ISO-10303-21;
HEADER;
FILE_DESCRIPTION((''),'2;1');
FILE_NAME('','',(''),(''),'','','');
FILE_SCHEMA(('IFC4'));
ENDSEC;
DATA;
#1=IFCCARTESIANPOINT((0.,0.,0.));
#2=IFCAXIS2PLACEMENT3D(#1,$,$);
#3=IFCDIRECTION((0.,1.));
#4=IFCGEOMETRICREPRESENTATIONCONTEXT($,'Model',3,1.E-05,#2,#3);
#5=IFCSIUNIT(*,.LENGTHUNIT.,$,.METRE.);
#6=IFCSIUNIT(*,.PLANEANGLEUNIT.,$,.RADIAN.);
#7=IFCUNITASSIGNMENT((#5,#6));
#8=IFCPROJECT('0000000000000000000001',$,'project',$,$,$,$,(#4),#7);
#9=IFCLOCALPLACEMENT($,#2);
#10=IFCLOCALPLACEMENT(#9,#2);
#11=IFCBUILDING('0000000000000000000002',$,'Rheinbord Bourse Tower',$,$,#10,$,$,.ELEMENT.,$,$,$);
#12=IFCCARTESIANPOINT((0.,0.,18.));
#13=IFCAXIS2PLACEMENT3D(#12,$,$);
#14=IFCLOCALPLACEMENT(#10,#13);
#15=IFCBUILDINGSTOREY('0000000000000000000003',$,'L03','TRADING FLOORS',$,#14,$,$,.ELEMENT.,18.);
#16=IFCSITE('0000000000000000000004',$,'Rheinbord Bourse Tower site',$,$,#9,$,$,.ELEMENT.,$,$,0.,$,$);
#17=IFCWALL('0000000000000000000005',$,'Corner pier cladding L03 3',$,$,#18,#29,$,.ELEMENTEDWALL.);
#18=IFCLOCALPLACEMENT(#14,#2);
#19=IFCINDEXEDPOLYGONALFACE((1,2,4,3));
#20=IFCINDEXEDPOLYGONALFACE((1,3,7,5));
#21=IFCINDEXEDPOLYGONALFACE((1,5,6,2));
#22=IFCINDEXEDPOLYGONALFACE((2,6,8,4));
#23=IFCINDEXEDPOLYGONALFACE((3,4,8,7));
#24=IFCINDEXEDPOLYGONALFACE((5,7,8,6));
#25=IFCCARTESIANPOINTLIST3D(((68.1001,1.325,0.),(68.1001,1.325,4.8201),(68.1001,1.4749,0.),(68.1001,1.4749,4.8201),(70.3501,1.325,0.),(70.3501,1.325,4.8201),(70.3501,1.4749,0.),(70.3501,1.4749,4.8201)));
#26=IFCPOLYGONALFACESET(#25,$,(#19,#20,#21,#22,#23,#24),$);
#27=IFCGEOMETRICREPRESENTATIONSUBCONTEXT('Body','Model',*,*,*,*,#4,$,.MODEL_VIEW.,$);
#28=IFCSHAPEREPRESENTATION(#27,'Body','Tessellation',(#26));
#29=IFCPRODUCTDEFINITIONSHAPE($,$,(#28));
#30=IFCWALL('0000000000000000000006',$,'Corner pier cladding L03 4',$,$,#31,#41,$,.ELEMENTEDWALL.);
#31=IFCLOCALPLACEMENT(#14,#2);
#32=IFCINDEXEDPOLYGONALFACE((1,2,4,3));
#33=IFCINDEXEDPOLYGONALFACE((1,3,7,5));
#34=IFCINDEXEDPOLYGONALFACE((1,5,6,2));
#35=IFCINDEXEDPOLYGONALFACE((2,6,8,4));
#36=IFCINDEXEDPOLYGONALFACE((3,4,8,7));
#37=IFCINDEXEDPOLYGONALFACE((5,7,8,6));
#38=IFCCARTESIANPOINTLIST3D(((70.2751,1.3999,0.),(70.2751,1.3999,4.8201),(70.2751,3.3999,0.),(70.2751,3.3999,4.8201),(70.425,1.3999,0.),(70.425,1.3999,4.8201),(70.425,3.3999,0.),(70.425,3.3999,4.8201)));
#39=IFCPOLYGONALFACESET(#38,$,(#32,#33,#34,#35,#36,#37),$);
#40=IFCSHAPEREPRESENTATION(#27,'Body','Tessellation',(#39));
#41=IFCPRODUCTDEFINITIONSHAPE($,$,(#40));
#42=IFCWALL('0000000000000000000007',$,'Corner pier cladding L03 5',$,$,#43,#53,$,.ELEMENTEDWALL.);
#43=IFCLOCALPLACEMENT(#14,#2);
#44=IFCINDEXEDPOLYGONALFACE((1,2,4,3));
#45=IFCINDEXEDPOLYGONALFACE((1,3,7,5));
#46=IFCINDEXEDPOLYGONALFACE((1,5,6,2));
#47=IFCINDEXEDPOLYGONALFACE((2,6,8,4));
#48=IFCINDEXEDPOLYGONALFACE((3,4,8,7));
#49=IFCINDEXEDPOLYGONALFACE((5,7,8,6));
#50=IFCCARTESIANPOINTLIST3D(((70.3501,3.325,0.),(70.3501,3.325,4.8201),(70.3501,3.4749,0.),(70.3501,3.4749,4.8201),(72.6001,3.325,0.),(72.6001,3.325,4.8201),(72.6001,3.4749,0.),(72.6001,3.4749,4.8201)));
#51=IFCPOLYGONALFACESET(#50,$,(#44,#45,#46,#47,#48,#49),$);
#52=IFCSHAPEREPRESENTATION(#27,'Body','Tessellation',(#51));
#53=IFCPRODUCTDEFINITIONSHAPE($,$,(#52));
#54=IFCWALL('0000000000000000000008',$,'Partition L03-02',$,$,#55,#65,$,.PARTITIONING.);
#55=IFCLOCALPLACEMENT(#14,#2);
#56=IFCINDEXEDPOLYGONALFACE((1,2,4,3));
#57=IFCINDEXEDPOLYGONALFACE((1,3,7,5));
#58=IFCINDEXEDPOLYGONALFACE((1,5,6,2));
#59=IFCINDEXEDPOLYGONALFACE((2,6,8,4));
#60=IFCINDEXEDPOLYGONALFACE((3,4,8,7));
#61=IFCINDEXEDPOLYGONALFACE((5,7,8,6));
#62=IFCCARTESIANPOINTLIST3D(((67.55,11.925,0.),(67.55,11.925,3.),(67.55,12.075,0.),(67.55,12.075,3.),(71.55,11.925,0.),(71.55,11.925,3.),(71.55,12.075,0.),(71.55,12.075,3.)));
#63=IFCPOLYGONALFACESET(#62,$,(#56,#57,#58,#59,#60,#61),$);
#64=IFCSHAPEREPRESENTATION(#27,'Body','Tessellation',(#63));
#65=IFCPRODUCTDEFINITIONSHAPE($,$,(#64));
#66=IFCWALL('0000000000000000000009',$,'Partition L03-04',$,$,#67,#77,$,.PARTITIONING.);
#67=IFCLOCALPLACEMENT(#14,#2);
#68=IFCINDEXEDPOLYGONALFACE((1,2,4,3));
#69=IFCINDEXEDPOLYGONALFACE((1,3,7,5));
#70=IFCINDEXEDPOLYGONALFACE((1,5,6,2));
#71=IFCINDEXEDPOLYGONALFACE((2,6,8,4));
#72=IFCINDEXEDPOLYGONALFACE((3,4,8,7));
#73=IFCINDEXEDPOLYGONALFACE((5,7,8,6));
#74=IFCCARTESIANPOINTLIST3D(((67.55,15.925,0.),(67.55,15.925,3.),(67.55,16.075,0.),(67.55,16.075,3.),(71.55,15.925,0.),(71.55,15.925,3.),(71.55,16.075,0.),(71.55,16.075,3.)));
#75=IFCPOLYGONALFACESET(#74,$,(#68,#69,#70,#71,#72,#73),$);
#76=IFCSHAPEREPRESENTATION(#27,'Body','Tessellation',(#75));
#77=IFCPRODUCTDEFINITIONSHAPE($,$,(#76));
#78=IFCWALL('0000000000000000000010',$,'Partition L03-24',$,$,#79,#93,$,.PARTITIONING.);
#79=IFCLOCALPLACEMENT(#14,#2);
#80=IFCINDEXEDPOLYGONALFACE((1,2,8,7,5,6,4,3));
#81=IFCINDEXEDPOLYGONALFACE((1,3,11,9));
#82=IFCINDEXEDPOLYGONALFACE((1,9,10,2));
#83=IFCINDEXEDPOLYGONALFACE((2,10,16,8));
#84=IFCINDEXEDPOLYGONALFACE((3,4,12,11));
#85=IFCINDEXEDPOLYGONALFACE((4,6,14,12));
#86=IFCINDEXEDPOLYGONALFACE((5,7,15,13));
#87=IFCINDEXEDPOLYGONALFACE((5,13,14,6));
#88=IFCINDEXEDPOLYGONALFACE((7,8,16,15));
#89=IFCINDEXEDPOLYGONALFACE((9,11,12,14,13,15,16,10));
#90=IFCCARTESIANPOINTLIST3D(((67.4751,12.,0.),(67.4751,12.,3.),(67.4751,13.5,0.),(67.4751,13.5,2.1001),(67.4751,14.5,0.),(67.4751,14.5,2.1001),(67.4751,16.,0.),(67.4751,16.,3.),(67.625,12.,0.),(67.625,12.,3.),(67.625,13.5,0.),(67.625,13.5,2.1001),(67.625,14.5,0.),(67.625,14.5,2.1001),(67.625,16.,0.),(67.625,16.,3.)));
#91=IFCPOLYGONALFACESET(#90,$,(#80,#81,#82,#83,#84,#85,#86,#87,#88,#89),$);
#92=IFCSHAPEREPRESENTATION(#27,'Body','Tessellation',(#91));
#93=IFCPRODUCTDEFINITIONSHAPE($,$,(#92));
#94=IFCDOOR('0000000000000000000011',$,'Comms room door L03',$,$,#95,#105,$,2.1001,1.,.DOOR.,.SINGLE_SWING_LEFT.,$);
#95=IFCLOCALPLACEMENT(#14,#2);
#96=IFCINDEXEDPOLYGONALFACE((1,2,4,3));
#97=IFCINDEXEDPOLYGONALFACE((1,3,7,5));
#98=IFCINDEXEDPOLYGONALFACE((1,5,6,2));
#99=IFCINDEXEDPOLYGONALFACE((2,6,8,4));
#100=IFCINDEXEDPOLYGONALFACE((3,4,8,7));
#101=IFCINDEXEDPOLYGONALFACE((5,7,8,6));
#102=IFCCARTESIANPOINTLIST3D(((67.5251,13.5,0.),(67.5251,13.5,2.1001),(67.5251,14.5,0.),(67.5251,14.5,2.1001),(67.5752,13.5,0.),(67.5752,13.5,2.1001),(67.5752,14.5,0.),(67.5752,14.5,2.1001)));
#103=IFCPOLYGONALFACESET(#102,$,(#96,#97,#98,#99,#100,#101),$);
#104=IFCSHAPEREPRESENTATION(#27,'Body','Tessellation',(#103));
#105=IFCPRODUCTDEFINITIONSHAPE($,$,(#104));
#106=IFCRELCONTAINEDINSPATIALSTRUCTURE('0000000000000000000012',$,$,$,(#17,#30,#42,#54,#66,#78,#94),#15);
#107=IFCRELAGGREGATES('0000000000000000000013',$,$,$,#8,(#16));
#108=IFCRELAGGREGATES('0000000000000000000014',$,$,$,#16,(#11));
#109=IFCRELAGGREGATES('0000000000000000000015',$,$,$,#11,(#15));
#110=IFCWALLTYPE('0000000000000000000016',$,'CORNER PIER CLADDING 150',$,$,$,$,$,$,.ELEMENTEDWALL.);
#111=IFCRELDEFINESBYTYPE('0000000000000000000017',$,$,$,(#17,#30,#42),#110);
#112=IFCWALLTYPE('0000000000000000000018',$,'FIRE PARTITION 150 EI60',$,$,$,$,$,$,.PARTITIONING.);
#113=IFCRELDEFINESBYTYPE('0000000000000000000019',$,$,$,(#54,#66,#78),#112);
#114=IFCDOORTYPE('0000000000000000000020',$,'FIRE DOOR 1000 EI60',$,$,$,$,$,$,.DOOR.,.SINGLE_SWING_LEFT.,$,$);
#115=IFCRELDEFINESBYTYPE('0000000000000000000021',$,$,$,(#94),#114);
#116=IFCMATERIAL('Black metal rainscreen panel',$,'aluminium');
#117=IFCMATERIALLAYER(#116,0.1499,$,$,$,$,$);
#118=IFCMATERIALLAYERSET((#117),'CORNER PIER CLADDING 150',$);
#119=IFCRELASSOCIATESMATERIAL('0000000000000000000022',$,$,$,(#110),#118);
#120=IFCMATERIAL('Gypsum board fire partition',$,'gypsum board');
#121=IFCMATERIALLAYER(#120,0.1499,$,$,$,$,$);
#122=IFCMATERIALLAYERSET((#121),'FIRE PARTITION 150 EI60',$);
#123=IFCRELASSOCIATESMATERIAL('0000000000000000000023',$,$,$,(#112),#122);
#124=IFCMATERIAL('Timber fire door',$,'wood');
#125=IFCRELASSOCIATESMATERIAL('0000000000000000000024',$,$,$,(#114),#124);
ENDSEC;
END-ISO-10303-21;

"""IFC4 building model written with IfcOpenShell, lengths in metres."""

from ifc_helpers import new_model, si_unit, direction, frame, frame_2d, origin, place, context, subcontext, project, spatial, rectangle, extrude, material, layer, layer_set, type_object, element, fill, save


model = new_model("IFC4")

# Units and contexts
model_context = context("Model", 3, precision=1e-05, world=origin(), true_north=direction((0.0, 1.0)))
body_context = subcontext(model_context, "Body", "Model", "MODEL_VIEW")
ifc_project = project(units=[si_unit("LENGTHUNIT", "METRE"), si_unit("PLANEANGLEUNIT", "RADIAN")], contexts=[model_context])

# Site, building, storey
site_placement = place(None, origin())
site = spatial("IfcSite", under=ifc_project, at=site_placement, Name="Rheinbord Bourse Tower site", CompositionType="ELEMENT", RefElevation=0.0)
building_placement = place(site_placement, origin())
building = spatial("IfcBuilding", under=site, at=building_placement, Name="Rheinbord Bourse Tower", CompositionType="ELEMENT")
storey_placement = place(building_placement, frame((0.0, 0.0, 18.0)))
storey = spatial("IfcBuildingStorey", under=building, at=storey_placement, Name="L03", Description="TRADING FLOORS", CompositionType="ELEMENT", Elevation=18.0)

# Walls
ifc_material_1 = material(Name="Black metal rainscreen panel", Category="aluminium")
ifc_layer_1 = layer(ifc_material_1, 0.1499)
ifc_layer_set_1 = layer_set([ifc_layer_1], Name="CORNER PIER CLADDING 150")
wall_type_1 = type_object("IfcWallType", Name="CORNER PIER CLADDING 150", PredefinedType="ELEMENTEDWALL", material=ifc_layer_set_1)
wall_1_placement = place(storey_placement, frame((68.1001, 1.3999, 0.0), z_axis=(0.0, 0.0, 1.0), x_axis=(1.0, 0.0, 0.0)))
element("IfcWall", 1, at=wall_1_placement, inside=storey, type_object=wall_type_1, Name="Corner pier cladding L03 3", PredefinedType="ELEMENTEDWALL", context=body_context, shape_type="SweptSolid", body=[
    extrude(rectangle(XDim=2.25, YDim=0.1499, at=frame_2d((1.125, 0.0))), origin(), (0.0, 0.0, 1.0), 4.8201),
])
wall_2_placement = place(storey_placement, frame((70.3501, 1.3999, 0.0), z_axis=(0.0, 0.0, 1.0), x_axis=(0.0, 1.0, 0.0)))
element("IfcWall", 2, at=wall_2_placement, inside=storey, type_object=wall_type_1, Name="Corner pier cladding L03 4", PredefinedType="ELEMENTEDWALL", context=body_context, shape_type="SweptSolid", body=[
    extrude(rectangle(XDim=2.0, YDim=0.1499, at=frame_2d((1.0, 0.0))), origin(), (0.0, 0.0, 1.0), 4.8201),
])
wall_3_placement = place(storey_placement, frame((70.3501, 3.3999, 0.0), z_axis=(0.0, 0.0, 1.0), x_axis=(1.0, 0.0, 0.0)))
element("IfcWall", 3, at=wall_3_placement, inside=storey, type_object=wall_type_1, Name="Corner pier cladding L03 5", PredefinedType="ELEMENTEDWALL", context=body_context, shape_type="SweptSolid", body=[
    extrude(rectangle(XDim=2.25, YDim=0.1499, at=frame_2d((1.125, 0.0))), origin(), (0.0, 0.0, 1.0), 4.8201),
])
ifc_material_2 = material(Name="Gypsum board fire partition", Category="gypsum board")
ifc_layer_2 = layer(ifc_material_2, 0.1499)
ifc_layer_set_2 = layer_set([ifc_layer_2], Name="FIRE PARTITION 150 EI60")
wall_type_2 = type_object("IfcWallType", Name="FIRE PARTITION 150 EI60", PredefinedType="PARTITIONING", material=ifc_layer_set_2)
for number, where, z_axis, x_axis, name in (
    (4, (67.55, 12.0, 0.0), (0.0, 0.0, 1.0), (1.0, 0.0, 0.0), "Partition L03-02"),
    (5, (67.55, 16.0, 0.0), (0.0, 0.0, 1.0), (1.0, 0.0, 0.0), "Partition L03-04"),
):
    element("IfcWall", number, at=place(storey_placement, frame(where, z_axis=z_axis, x_axis=x_axis)), inside=storey, type_object=wall_type_2, Name=name, PredefinedType="PARTITIONING", context=body_context, shape_type="SweptSolid", body=[
        extrude(rectangle(XDim=4.0, YDim=0.1499, at=frame_2d((2.0, 0.0))), origin(), (0.0, 0.0, 1.0), 3.0),
    ])

# Wall, opening, door
wall_4_placement = place(storey_placement, frame((67.55, 12.0, 0.0), z_axis=(0.0, 0.0, 1.0), x_axis=(0.0, 1.0, 0.0)))
wall_4 = element("IfcWall", 6, at=wall_4_placement, inside=storey, type_object=wall_type_2, Name="Partition L03-24", PredefinedType="PARTITIONING", context=body_context, shape_type="SweptSolid", body=[
    extrude(rectangle(XDim=4.0, YDim=0.1499, at=frame_2d((2.0, 0.0))), origin(), (0.0, 0.0, 1.0), 3.0),
])
opening_placement = place(wall_4_placement, frame((1.5, 0.0, 0.0)))
opening = element("IfcOpeningElement", 7, at=opening_placement, cuts=wall_4, PredefinedType="OPENING", context=body_context, shape_type="SweptSolid", body=[
    extrude(rectangle(XDim=1.0, YDim=2.1001, at=frame_2d((0.5, 1.05))), frame((0.0, 0.085, 0.0), z_axis=(0.0, -1.0, 0.0), x_axis=(1.0, 0.0, 0.0)), (0.0, 0.0, 1.0), 0.1699),
])
ifc_material_3 = material(Name="Timber fire door", Category="wood")
door_type = type_object("IfcDoorType", Name="FIRE DOOR 1000 EI60", OperationType="SINGLE_SWING_LEFT", PredefinedType="DOOR", material=ifc_material_3)
door_placement = place(opening_placement, origin())
door = element("IfcDoor", 8, at=door_placement, inside=storey, type_object=door_type, Name="Comms room door L03", OperationType="SINGLE_SWING_LEFT", OverallHeight=2.1001, OverallWidth=1.0, PredefinedType="DOOR", context=body_context, shape_type="SweptSolid", body=[
    extrude(rectangle(XDim=1.0, YDim=2.1001, at=frame_2d((0.5, 1.05))), frame((0.0, 0.0249, 0.0), z_axis=(0.0, -1.0, 0.0), x_axis=(1.0, 0.0, 0.0)), (0.0, 0.0, 1.0), 0.05),
])
fill(opening, door)

save(model, "model.ifc")
